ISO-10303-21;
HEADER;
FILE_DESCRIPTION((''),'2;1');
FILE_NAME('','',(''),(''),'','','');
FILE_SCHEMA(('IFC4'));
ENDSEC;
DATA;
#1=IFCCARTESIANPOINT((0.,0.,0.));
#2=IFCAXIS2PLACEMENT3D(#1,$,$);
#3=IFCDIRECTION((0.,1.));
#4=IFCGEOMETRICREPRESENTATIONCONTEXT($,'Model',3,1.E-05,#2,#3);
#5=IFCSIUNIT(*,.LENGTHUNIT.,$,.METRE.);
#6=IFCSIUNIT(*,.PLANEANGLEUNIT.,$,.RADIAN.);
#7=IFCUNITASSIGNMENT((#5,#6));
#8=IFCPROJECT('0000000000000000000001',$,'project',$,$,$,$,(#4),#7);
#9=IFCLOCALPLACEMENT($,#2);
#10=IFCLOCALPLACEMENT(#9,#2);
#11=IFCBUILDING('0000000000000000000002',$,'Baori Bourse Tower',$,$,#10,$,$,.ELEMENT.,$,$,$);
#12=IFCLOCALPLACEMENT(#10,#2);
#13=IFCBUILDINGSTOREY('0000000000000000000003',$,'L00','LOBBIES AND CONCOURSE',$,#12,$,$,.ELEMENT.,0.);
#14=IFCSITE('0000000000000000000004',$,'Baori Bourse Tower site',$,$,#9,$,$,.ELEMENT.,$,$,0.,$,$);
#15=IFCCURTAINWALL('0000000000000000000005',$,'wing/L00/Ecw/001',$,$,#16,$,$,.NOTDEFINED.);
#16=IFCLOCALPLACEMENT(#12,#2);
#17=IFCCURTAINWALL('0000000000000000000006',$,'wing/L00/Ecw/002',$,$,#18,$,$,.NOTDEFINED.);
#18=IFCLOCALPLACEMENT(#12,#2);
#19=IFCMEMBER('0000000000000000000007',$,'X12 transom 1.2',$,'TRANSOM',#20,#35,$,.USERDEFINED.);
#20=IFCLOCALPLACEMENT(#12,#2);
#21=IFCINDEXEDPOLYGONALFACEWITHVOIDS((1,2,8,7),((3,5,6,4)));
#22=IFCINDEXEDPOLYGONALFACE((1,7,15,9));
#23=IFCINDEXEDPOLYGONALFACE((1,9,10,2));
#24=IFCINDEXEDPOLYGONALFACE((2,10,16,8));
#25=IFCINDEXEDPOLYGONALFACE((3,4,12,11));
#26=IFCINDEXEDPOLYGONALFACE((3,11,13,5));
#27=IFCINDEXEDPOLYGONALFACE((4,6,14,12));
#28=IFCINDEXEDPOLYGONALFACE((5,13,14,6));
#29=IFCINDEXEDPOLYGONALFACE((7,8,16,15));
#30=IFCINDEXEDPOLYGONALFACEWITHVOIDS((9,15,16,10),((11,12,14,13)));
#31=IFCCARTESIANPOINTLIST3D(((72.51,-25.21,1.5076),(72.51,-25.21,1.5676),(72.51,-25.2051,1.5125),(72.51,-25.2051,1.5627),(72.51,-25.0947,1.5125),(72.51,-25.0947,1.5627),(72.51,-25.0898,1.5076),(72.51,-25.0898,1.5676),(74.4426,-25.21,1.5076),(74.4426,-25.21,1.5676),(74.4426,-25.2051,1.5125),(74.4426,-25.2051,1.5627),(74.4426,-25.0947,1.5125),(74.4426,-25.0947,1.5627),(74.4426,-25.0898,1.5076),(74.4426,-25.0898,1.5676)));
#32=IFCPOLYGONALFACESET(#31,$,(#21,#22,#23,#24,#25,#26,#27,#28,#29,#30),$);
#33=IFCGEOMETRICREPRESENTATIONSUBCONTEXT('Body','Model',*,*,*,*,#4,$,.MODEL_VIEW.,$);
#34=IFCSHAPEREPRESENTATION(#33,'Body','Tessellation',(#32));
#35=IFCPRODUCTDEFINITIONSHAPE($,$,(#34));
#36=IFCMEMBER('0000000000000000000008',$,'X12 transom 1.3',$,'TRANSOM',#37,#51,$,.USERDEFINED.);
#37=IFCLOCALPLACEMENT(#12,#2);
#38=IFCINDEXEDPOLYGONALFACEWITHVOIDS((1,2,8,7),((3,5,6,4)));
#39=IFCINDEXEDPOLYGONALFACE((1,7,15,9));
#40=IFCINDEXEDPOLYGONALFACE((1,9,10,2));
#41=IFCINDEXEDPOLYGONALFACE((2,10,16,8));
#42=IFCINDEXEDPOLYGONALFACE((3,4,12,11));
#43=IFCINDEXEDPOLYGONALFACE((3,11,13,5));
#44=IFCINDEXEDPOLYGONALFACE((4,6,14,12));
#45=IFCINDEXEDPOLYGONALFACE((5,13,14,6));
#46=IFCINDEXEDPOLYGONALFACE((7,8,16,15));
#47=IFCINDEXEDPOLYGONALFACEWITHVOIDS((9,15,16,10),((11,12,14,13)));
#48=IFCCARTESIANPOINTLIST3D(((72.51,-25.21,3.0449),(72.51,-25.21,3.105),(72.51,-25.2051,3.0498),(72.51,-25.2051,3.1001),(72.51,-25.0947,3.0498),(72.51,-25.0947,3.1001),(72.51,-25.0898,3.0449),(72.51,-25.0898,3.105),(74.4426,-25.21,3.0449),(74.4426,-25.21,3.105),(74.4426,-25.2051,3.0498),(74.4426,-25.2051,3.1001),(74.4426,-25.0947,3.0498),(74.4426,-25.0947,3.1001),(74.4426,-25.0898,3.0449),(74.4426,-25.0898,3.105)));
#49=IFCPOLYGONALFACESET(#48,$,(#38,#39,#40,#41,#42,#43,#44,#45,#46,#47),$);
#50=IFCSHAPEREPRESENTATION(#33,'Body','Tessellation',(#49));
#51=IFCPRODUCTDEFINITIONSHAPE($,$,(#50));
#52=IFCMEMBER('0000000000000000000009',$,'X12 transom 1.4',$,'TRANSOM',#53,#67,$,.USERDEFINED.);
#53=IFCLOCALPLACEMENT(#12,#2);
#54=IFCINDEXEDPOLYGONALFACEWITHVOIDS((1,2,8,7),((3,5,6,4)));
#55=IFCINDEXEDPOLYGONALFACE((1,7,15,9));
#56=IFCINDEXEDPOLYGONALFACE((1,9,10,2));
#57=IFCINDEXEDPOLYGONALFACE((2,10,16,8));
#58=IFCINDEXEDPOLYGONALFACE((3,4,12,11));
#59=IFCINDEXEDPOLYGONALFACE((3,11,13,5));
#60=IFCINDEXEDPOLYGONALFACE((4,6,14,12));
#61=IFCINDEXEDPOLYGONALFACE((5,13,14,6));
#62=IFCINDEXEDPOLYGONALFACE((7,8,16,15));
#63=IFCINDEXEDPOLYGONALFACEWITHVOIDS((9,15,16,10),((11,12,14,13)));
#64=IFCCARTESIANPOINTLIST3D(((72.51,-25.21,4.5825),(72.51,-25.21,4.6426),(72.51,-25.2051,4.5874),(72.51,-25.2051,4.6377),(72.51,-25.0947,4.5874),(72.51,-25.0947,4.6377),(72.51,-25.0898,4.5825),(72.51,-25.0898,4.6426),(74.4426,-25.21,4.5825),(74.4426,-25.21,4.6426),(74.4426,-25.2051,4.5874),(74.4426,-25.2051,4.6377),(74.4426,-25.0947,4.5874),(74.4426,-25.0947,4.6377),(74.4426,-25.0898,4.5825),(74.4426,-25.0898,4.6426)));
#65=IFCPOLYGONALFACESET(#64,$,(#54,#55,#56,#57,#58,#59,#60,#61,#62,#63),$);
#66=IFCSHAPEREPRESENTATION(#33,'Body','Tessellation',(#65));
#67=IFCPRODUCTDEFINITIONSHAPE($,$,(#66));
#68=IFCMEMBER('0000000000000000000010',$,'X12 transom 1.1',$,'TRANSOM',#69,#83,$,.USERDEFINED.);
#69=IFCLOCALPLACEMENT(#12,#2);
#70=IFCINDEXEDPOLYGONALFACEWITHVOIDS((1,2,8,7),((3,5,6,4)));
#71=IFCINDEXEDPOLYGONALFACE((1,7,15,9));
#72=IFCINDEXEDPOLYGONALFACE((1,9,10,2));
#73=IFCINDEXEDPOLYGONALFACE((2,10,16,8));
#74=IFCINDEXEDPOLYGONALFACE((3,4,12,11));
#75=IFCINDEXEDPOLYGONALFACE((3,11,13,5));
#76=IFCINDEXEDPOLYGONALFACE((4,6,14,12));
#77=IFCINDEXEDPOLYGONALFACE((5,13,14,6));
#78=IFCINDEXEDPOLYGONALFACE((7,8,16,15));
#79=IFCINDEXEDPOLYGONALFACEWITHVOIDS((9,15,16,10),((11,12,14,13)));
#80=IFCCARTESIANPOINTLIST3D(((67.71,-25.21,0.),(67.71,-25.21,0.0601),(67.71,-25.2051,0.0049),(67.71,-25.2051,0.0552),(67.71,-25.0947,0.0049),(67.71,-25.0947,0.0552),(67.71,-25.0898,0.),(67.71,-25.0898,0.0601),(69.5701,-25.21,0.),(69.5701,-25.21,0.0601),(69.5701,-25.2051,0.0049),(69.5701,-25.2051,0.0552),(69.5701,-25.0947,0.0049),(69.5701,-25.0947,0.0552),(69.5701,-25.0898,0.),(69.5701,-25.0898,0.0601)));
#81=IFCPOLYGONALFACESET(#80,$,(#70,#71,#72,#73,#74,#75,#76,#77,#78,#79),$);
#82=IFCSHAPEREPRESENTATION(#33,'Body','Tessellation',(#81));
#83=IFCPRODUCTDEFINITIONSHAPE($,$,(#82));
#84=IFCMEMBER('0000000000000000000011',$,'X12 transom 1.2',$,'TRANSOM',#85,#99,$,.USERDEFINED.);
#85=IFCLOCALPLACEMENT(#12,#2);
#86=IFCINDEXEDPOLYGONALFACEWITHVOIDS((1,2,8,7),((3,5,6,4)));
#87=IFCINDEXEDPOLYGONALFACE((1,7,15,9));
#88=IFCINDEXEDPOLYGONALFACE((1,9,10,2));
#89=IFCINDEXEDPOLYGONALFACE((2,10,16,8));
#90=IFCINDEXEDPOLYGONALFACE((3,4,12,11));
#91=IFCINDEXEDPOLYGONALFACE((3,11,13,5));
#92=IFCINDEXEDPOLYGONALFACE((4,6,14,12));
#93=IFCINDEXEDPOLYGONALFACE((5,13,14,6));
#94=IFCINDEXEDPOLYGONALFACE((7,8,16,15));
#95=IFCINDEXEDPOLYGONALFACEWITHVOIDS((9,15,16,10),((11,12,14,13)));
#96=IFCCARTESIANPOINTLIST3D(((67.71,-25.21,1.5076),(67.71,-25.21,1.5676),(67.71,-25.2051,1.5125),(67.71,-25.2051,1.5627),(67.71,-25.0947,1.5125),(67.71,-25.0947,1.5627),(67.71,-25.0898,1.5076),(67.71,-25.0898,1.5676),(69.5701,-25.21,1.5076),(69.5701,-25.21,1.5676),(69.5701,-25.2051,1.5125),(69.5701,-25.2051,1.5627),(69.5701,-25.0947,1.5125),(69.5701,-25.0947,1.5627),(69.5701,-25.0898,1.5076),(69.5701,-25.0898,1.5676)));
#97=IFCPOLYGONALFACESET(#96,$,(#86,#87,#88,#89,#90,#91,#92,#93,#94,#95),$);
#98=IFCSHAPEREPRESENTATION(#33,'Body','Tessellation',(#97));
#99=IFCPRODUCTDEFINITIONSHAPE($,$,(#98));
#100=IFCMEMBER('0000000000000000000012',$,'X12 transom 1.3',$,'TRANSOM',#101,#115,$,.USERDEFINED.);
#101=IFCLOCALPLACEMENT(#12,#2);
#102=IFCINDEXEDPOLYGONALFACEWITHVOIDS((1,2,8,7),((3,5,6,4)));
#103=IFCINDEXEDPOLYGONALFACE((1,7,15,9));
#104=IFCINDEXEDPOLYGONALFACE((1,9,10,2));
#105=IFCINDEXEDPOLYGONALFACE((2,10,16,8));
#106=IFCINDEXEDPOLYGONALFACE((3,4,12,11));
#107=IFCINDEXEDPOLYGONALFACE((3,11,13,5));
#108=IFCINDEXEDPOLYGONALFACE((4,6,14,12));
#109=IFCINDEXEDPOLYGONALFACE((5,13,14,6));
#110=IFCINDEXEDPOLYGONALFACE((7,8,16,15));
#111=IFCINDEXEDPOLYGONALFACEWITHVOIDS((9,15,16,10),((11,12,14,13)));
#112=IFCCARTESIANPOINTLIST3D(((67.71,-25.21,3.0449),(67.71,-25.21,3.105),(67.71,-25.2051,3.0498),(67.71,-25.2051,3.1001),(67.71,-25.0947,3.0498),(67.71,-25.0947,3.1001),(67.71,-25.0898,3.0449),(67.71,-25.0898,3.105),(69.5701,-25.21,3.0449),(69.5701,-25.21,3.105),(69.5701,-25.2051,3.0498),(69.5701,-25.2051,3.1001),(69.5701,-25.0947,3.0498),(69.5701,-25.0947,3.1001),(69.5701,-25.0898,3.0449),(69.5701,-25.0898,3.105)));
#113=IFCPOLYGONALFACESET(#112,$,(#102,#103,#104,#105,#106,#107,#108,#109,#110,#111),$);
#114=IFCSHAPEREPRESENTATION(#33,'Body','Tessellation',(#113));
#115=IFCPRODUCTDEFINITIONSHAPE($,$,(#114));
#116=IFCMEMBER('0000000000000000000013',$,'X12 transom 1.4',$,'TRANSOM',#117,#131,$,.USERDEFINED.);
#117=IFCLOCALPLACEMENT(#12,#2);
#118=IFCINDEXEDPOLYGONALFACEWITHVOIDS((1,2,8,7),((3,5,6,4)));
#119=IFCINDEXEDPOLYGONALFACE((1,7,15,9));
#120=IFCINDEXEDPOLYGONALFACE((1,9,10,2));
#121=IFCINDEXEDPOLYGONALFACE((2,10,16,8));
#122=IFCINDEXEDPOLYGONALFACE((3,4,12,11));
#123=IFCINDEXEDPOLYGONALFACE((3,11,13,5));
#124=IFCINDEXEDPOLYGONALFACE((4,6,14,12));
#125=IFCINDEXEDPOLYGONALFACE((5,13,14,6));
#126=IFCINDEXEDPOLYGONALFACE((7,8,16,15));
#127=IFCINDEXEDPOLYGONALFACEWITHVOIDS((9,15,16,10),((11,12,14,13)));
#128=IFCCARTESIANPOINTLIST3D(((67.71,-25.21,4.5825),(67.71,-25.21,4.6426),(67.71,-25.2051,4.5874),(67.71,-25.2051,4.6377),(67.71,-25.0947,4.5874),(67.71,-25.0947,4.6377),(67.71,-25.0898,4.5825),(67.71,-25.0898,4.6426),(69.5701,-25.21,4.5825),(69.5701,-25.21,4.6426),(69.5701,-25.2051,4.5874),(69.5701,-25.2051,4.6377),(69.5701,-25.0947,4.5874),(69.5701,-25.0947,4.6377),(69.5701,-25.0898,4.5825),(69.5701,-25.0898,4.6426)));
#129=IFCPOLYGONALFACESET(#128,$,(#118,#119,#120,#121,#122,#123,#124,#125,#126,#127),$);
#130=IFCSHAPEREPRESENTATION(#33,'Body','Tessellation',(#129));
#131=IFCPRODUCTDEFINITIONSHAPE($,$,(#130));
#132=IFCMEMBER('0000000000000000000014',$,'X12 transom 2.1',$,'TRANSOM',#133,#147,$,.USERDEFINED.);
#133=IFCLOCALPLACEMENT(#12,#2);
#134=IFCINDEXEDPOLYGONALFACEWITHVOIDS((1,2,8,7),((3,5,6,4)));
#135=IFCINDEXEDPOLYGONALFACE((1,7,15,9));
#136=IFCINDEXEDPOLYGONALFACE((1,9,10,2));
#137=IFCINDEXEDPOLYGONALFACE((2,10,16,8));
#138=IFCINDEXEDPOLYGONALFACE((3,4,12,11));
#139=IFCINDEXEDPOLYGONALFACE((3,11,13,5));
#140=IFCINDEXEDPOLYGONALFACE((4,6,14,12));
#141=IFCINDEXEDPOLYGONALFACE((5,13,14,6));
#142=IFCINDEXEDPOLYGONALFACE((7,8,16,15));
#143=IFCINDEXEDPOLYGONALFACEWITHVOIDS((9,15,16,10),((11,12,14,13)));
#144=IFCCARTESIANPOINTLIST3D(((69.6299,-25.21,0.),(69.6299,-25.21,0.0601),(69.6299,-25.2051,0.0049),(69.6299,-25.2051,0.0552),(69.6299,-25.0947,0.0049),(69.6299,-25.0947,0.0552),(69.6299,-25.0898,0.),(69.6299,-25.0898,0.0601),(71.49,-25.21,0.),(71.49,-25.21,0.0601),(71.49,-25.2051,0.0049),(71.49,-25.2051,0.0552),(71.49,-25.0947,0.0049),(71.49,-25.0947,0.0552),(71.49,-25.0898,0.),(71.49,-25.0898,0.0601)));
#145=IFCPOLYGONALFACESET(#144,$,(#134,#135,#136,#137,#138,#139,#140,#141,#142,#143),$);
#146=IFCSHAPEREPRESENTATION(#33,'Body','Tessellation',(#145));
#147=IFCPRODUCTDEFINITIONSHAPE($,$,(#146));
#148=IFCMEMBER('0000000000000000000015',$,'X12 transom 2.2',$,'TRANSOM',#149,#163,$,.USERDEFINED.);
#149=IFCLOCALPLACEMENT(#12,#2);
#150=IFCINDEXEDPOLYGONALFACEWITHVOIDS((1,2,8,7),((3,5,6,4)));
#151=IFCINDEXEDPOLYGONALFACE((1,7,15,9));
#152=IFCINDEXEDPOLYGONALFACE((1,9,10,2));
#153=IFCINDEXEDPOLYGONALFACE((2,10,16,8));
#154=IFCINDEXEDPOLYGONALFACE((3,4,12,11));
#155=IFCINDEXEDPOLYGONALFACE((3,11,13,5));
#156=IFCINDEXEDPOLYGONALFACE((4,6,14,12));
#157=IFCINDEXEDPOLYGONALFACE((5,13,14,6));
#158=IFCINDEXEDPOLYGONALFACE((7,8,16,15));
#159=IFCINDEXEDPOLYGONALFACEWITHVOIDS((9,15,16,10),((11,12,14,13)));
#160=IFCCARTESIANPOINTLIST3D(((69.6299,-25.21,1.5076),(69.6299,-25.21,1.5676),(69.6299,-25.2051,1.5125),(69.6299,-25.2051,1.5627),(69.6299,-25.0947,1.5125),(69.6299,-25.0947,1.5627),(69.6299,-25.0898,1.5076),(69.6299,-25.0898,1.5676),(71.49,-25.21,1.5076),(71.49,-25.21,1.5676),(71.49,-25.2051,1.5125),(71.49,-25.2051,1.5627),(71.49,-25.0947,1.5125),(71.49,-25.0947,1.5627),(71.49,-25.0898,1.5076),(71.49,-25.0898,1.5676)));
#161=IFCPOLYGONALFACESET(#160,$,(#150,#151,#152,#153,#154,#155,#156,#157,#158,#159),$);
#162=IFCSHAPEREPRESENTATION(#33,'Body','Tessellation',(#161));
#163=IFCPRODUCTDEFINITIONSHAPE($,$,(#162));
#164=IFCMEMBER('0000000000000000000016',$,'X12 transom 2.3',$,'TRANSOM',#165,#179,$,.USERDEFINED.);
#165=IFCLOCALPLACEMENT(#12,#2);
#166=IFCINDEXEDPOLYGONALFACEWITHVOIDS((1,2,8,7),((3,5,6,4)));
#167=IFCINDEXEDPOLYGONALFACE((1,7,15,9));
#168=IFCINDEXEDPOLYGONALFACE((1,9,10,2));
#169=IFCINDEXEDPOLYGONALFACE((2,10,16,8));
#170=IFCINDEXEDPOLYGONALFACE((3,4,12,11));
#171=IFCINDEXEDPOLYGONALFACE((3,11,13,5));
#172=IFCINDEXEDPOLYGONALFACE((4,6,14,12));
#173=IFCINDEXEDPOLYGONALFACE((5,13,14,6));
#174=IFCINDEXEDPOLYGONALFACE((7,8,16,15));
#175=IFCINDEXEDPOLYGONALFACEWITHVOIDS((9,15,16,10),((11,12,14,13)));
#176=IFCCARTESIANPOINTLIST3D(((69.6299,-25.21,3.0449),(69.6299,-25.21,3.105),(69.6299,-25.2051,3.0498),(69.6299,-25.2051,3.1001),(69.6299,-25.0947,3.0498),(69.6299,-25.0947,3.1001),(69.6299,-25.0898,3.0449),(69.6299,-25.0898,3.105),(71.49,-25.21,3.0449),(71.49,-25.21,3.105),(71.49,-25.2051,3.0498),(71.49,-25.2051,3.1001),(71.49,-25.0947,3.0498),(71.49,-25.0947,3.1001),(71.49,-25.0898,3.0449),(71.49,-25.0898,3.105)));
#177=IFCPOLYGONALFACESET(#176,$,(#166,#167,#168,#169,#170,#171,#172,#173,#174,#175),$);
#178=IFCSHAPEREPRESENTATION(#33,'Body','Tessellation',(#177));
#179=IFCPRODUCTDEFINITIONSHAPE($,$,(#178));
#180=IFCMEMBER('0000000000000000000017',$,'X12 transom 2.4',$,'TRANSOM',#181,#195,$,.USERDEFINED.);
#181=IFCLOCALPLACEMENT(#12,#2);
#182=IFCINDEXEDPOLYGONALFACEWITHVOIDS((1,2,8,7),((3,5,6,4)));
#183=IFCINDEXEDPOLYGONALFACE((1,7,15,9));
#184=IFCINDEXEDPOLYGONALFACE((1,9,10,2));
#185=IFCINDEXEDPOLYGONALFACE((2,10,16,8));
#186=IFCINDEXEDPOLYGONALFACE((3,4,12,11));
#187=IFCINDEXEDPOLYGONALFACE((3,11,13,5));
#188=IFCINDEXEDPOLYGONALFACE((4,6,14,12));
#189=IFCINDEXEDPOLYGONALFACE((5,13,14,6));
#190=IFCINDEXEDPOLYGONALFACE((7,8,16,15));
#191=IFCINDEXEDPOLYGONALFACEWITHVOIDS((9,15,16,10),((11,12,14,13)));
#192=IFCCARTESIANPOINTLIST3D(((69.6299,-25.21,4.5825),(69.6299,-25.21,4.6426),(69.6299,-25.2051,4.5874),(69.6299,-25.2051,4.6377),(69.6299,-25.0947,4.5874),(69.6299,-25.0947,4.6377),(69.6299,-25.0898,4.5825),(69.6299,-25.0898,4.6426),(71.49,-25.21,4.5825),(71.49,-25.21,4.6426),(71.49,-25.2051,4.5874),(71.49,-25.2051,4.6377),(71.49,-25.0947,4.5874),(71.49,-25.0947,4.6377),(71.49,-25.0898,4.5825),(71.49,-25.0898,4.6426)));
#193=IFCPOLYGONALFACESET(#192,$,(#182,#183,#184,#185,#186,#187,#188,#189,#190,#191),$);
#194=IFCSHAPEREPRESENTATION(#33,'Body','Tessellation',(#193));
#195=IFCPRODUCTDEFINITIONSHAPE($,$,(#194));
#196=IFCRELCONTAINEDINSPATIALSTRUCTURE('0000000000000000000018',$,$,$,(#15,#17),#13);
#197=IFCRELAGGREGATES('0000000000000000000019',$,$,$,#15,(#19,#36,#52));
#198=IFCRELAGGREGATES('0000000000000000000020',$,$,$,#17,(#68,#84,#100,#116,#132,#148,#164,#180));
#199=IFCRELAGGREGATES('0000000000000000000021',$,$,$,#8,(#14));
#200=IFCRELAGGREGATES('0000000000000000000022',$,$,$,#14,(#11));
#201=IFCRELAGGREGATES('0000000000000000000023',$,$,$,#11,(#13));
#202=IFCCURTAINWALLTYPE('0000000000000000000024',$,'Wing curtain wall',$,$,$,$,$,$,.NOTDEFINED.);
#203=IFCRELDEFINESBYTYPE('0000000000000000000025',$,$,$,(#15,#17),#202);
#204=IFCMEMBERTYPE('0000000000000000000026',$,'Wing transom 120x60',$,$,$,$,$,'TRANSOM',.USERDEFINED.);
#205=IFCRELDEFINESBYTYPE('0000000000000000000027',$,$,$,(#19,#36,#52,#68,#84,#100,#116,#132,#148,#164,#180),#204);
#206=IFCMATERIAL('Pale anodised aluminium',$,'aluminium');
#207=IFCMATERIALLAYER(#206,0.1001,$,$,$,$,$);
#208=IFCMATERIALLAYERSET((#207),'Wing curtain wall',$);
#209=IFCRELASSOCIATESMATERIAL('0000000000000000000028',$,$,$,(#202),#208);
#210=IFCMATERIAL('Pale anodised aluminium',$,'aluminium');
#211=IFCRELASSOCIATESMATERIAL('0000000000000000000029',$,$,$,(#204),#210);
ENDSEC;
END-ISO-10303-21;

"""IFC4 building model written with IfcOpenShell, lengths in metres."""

from ifc_helpers import new_model, si_unit, direction, frame, origin, origin_2d, place, context, subcontext, project, spatial, hollow_rectangle, extrude, material, layer, layer_set, material_profile, profile_set, type_object, element, aggregate, save


model = new_model("IFC4")

# Units and contexts
model_context = context("Model", 3, precision=1e-05, world=origin(), true_north=direction((0.0, 1.0)))
body_context = subcontext(model_context, "Body", "Model", "MODEL_VIEW")
ifc_project = project(units=[si_unit("LENGTHUNIT", "METRE"), si_unit("PLANEANGLEUNIT", "RADIAN")], contexts=[model_context])

# Site, building, storey
site_placement = place(None, origin())
site = spatial("IfcSite", under=ifc_project, at=site_placement, Name="Baori Bourse Tower site", CompositionType="ELEMENT", RefElevation=0.0)
building_placement = place(site_placement, origin())
building = spatial("IfcBuilding", under=site, at=building_placement, Name="Baori Bourse Tower", CompositionType="ELEMENT")
storey_placement = place(building_placement, origin())
storey = spatial("IfcBuildingStorey", under=building, at=storey_placement, Name="L00", Description="LOBBIES AND CONCOURSE", CompositionType="ELEMENT", Elevation=0.0)

# Curtain walls
ifc_material_1 = material(Name="Pale anodised aluminium", Category="aluminium")
ifc_layer_1 = layer(ifc_material_1, 0.1001)
ifc_layer_set_1 = layer_set([ifc_layer_1], Name="Wing curtain wall")
curtain_wall_type = type_object("IfcCurtainWallType", Name="Wing curtain wall", PredefinedType="NOTDEFINED", material=ifc_layer_set_1)
curtain_wall_1_placement = place(storey_placement, origin())
curtain_wall_1 = element("IfcCurtainWall", 1, at=curtain_wall_1_placement, inside=storey, type_object=curtain_wall_type, Name="wing/L00/Ecw/001", PredefinedType="NOTDEFINED")
curtain_wall_2_placement = place(storey_placement, origin())
curtain_wall_2 = element("IfcCurtainWall", 2, at=curtain_wall_2_placement, inside=storey, type_object=curtain_wall_type, Name="wing/L00/Ecw/002", PredefinedType="NOTDEFINED")

# Members
ifc_material_2 = material(Name="Pale anodised aluminium", Category="aluminium")
ifc_material_profile_1 = material_profile(ifc_material_2, hollow_rectangle(XDim=0.1201, YDim=0.0601, WallThickness=0.0049, at=origin_2d()), Name="Transom 120x60x5")
ifc_profile_set_1 = profile_set([ifc_material_profile_1], Name="Pale anodised aluminium")
member_type_1 = type_object("IfcMemberType", Name="Wing transom 120x60", ElementType="TRANSOM", PredefinedType="USERDEFINED", material=ifc_profile_set_1)
member_1_placement = place(storey_placement, frame((72.51, -25.1499, 1.5376), z_axis=(1.0, 0.0, 0.0), x_axis=(0.0, 1.0, 0.0)))
member_1 = element("IfcMember", 3, at=member_1_placement, type_object=member_type_1, Name="X12 transom 1.2", ObjectType="TRANSOM", PredefinedType="USERDEFINED", context=body_context, shape_type="SweptSolid", body=[
    extrude(hollow_rectangle(XDim=0.1201, YDim=0.0601, WallThickness=0.0049, at=origin_2d()), origin(), (0.0, 0.0, 1.0), 1.9326),
])
member_2_placement = place(storey_placement, frame((72.51, -25.1499, 3.075), z_axis=(1.0, 0.0, 0.0), x_axis=(0.0, 1.0, 0.0)))
member_2 = element("IfcMember", 4, at=member_2_placement, type_object=member_type_1, Name="X12 transom 1.3", ObjectType="TRANSOM", PredefinedType="USERDEFINED", context=body_context, shape_type="SweptSolid", body=[
    extrude(hollow_rectangle(XDim=0.1201, YDim=0.0601, WallThickness=0.0049, at=origin_2d()), origin(), (0.0, 0.0, 1.0), 1.9326),
])
member_3_placement = place(storey_placement, frame((72.51, -25.1499, 4.6125), z_axis=(1.0, 0.0, 0.0), x_axis=(0.0, 1.0, 0.0)))
member_3 = element("IfcMember", 5, at=member_3_placement, type_object=member_type_1, Name="X12 transom 1.4", ObjectType="TRANSOM", PredefinedType="USERDEFINED", context=body_context, shape_type="SweptSolid", body=[
    extrude(hollow_rectangle(XDim=0.1201, YDim=0.0601, WallThickness=0.0049, at=origin_2d()), origin(), (0.0, 0.0, 1.0), 1.9326),
])
member_4_placement = place(storey_placement, frame((67.71, -25.1499, 0.03), z_axis=(1.0, 0.0, 0.0), x_axis=(0.0, 1.0, 0.0)))
member_4 = element("IfcMember", 6, at=member_4_placement, type_object=member_type_1, Name="X12 transom 1.1", ObjectType="TRANSOM", PredefinedType="USERDEFINED", context=body_context, shape_type="SweptSolid", body=[
    extrude(hollow_rectangle(XDim=0.1201, YDim=0.0601, WallThickness=0.0049, at=origin_2d()), origin(), (0.0, 0.0, 1.0), 1.8601),
])
member_5_placement = place(storey_placement, frame((67.71, -25.1499, 1.5376), z_axis=(1.0, 0.0, 0.0), x_axis=(0.0, 1.0, 0.0)))
member_5 = element("IfcMember", 7, at=member_5_placement, type_object=member_type_1, Name="X12 transom 1.2", ObjectType="TRANSOM", PredefinedType="USERDEFINED", context=body_context, shape_type="SweptSolid", body=[
    extrude(hollow_rectangle(XDim=0.1201, YDim=0.0601, WallThickness=0.0049, at=origin_2d()), origin(), (0.0, 0.0, 1.0), 1.8601),
])
member_6_placement = place(storey_placement, frame((67.71, -25.1499, 3.075), z_axis=(1.0, 0.0, 0.0), x_axis=(0.0, 1.0, 0.0)))
member_6 = element("IfcMember", 8, at=member_6_placement, type_object=member_type_1, Name="X12 transom 1.3", ObjectType="TRANSOM", PredefinedType="USERDEFINED", context=body_context, shape_type="SweptSolid", body=[
    extrude(hollow_rectangle(XDim=0.1201, YDim=0.0601, WallThickness=0.0049, at=origin_2d()), origin(), (0.0, 0.0, 1.0), 1.8601),
])
member_7_placement = place(storey_placement, frame((67.71, -25.1499, 4.6125), z_axis=(1.0, 0.0, 0.0), x_axis=(0.0, 1.0, 0.0)))
member_7 = element("IfcMember", 9, at=member_7_placement, type_object=member_type_1, Name="X12 transom 1.4", ObjectType="TRANSOM", PredefinedType="USERDEFINED", context=body_context, shape_type="SweptSolid", body=[
    extrude(hollow_rectangle(XDim=0.1201, YDim=0.0601, WallThickness=0.0049, at=origin_2d()), origin(), (0.0, 0.0, 1.0), 1.8601),
])
member_8_placement = place(storey_placement, frame((69.6299, -25.1499, 0.03), z_axis=(1.0, 0.0, 0.0), x_axis=(0.0, 1.0, 0.0)))
member_8 = element("IfcMember", 10, at=member_8_placement, type_object=member_type_1, Name="X12 transom 2.1", ObjectType="TRANSOM", PredefinedType="USERDEFINED", context=body_context, shape_type="SweptSolid", body=[
    extrude(hollow_rectangle(XDim=0.1201, YDim=0.0601, WallThickness=0.0049, at=origin_2d()), origin(), (0.0, 0.0, 1.0), 1.8601),
])
member_9_placement = place(storey_placement, frame((69.6299, -25.1499, 1.5376), z_axis=(1.0, 0.0, 0.0), x_axis=(0.0, 1.0, 0.0)))
member_9 = element("IfcMember", 11, at=member_9_placement, type_object=member_type_1, Name="X12 transom 2.2", ObjectType="TRANSOM", PredefinedType="USERDEFINED", context=body_context, shape_type="SweptSolid", body=[
    extrude(hollow_rectangle(XDim=0.1201, YDim=0.0601, WallThickness=0.0049, at=origin_2d()), origin(), (0.0, 0.0, 1.0), 1.8601),
])
member_10_placement = place(storey_placement, frame((69.6299, -25.1499, 3.075), z_axis=(1.0, 0.0, 0.0), x_axis=(0.0, 1.0, 0.0)))
member_10 = element("IfcMember", 12, at=member_10_placement, type_object=member_type_1, Name="X12 transom 2.3", ObjectType="TRANSOM", PredefinedType="USERDEFINED", context=body_context, shape_type="SweptSolid", body=[
    extrude(hollow_rectangle(XDim=0.1201, YDim=0.0601, WallThickness=0.0049, at=origin_2d()), origin(), (0.0, 0.0, 1.0), 1.8601),
])
member_11_placement = place(storey_placement, frame((69.6299, -25.1499, 4.6125), z_axis=(1.0, 0.0, 0.0), x_axis=(0.0, 1.0, 0.0)))
member_11 = element("IfcMember", 13, at=member_11_placement, type_object=member_type_1, Name="X12 transom 2.4", ObjectType="TRANSOM", PredefinedType="USERDEFINED", context=body_context, shape_type="SweptSolid", body=[
    extrude(hollow_rectangle(XDim=0.1201, YDim=0.0601, WallThickness=0.0049, at=origin_2d()), origin(), (0.0, 0.0, 1.0), 1.8601),
])

aggregate(curtain_wall_1, [member_1, member_2, member_3])
aggregate(curtain_wall_2, [member_4, member_5, member_6, member_7, member_8, member_9, member_10, member_11])

save(model, "model.ifc")
